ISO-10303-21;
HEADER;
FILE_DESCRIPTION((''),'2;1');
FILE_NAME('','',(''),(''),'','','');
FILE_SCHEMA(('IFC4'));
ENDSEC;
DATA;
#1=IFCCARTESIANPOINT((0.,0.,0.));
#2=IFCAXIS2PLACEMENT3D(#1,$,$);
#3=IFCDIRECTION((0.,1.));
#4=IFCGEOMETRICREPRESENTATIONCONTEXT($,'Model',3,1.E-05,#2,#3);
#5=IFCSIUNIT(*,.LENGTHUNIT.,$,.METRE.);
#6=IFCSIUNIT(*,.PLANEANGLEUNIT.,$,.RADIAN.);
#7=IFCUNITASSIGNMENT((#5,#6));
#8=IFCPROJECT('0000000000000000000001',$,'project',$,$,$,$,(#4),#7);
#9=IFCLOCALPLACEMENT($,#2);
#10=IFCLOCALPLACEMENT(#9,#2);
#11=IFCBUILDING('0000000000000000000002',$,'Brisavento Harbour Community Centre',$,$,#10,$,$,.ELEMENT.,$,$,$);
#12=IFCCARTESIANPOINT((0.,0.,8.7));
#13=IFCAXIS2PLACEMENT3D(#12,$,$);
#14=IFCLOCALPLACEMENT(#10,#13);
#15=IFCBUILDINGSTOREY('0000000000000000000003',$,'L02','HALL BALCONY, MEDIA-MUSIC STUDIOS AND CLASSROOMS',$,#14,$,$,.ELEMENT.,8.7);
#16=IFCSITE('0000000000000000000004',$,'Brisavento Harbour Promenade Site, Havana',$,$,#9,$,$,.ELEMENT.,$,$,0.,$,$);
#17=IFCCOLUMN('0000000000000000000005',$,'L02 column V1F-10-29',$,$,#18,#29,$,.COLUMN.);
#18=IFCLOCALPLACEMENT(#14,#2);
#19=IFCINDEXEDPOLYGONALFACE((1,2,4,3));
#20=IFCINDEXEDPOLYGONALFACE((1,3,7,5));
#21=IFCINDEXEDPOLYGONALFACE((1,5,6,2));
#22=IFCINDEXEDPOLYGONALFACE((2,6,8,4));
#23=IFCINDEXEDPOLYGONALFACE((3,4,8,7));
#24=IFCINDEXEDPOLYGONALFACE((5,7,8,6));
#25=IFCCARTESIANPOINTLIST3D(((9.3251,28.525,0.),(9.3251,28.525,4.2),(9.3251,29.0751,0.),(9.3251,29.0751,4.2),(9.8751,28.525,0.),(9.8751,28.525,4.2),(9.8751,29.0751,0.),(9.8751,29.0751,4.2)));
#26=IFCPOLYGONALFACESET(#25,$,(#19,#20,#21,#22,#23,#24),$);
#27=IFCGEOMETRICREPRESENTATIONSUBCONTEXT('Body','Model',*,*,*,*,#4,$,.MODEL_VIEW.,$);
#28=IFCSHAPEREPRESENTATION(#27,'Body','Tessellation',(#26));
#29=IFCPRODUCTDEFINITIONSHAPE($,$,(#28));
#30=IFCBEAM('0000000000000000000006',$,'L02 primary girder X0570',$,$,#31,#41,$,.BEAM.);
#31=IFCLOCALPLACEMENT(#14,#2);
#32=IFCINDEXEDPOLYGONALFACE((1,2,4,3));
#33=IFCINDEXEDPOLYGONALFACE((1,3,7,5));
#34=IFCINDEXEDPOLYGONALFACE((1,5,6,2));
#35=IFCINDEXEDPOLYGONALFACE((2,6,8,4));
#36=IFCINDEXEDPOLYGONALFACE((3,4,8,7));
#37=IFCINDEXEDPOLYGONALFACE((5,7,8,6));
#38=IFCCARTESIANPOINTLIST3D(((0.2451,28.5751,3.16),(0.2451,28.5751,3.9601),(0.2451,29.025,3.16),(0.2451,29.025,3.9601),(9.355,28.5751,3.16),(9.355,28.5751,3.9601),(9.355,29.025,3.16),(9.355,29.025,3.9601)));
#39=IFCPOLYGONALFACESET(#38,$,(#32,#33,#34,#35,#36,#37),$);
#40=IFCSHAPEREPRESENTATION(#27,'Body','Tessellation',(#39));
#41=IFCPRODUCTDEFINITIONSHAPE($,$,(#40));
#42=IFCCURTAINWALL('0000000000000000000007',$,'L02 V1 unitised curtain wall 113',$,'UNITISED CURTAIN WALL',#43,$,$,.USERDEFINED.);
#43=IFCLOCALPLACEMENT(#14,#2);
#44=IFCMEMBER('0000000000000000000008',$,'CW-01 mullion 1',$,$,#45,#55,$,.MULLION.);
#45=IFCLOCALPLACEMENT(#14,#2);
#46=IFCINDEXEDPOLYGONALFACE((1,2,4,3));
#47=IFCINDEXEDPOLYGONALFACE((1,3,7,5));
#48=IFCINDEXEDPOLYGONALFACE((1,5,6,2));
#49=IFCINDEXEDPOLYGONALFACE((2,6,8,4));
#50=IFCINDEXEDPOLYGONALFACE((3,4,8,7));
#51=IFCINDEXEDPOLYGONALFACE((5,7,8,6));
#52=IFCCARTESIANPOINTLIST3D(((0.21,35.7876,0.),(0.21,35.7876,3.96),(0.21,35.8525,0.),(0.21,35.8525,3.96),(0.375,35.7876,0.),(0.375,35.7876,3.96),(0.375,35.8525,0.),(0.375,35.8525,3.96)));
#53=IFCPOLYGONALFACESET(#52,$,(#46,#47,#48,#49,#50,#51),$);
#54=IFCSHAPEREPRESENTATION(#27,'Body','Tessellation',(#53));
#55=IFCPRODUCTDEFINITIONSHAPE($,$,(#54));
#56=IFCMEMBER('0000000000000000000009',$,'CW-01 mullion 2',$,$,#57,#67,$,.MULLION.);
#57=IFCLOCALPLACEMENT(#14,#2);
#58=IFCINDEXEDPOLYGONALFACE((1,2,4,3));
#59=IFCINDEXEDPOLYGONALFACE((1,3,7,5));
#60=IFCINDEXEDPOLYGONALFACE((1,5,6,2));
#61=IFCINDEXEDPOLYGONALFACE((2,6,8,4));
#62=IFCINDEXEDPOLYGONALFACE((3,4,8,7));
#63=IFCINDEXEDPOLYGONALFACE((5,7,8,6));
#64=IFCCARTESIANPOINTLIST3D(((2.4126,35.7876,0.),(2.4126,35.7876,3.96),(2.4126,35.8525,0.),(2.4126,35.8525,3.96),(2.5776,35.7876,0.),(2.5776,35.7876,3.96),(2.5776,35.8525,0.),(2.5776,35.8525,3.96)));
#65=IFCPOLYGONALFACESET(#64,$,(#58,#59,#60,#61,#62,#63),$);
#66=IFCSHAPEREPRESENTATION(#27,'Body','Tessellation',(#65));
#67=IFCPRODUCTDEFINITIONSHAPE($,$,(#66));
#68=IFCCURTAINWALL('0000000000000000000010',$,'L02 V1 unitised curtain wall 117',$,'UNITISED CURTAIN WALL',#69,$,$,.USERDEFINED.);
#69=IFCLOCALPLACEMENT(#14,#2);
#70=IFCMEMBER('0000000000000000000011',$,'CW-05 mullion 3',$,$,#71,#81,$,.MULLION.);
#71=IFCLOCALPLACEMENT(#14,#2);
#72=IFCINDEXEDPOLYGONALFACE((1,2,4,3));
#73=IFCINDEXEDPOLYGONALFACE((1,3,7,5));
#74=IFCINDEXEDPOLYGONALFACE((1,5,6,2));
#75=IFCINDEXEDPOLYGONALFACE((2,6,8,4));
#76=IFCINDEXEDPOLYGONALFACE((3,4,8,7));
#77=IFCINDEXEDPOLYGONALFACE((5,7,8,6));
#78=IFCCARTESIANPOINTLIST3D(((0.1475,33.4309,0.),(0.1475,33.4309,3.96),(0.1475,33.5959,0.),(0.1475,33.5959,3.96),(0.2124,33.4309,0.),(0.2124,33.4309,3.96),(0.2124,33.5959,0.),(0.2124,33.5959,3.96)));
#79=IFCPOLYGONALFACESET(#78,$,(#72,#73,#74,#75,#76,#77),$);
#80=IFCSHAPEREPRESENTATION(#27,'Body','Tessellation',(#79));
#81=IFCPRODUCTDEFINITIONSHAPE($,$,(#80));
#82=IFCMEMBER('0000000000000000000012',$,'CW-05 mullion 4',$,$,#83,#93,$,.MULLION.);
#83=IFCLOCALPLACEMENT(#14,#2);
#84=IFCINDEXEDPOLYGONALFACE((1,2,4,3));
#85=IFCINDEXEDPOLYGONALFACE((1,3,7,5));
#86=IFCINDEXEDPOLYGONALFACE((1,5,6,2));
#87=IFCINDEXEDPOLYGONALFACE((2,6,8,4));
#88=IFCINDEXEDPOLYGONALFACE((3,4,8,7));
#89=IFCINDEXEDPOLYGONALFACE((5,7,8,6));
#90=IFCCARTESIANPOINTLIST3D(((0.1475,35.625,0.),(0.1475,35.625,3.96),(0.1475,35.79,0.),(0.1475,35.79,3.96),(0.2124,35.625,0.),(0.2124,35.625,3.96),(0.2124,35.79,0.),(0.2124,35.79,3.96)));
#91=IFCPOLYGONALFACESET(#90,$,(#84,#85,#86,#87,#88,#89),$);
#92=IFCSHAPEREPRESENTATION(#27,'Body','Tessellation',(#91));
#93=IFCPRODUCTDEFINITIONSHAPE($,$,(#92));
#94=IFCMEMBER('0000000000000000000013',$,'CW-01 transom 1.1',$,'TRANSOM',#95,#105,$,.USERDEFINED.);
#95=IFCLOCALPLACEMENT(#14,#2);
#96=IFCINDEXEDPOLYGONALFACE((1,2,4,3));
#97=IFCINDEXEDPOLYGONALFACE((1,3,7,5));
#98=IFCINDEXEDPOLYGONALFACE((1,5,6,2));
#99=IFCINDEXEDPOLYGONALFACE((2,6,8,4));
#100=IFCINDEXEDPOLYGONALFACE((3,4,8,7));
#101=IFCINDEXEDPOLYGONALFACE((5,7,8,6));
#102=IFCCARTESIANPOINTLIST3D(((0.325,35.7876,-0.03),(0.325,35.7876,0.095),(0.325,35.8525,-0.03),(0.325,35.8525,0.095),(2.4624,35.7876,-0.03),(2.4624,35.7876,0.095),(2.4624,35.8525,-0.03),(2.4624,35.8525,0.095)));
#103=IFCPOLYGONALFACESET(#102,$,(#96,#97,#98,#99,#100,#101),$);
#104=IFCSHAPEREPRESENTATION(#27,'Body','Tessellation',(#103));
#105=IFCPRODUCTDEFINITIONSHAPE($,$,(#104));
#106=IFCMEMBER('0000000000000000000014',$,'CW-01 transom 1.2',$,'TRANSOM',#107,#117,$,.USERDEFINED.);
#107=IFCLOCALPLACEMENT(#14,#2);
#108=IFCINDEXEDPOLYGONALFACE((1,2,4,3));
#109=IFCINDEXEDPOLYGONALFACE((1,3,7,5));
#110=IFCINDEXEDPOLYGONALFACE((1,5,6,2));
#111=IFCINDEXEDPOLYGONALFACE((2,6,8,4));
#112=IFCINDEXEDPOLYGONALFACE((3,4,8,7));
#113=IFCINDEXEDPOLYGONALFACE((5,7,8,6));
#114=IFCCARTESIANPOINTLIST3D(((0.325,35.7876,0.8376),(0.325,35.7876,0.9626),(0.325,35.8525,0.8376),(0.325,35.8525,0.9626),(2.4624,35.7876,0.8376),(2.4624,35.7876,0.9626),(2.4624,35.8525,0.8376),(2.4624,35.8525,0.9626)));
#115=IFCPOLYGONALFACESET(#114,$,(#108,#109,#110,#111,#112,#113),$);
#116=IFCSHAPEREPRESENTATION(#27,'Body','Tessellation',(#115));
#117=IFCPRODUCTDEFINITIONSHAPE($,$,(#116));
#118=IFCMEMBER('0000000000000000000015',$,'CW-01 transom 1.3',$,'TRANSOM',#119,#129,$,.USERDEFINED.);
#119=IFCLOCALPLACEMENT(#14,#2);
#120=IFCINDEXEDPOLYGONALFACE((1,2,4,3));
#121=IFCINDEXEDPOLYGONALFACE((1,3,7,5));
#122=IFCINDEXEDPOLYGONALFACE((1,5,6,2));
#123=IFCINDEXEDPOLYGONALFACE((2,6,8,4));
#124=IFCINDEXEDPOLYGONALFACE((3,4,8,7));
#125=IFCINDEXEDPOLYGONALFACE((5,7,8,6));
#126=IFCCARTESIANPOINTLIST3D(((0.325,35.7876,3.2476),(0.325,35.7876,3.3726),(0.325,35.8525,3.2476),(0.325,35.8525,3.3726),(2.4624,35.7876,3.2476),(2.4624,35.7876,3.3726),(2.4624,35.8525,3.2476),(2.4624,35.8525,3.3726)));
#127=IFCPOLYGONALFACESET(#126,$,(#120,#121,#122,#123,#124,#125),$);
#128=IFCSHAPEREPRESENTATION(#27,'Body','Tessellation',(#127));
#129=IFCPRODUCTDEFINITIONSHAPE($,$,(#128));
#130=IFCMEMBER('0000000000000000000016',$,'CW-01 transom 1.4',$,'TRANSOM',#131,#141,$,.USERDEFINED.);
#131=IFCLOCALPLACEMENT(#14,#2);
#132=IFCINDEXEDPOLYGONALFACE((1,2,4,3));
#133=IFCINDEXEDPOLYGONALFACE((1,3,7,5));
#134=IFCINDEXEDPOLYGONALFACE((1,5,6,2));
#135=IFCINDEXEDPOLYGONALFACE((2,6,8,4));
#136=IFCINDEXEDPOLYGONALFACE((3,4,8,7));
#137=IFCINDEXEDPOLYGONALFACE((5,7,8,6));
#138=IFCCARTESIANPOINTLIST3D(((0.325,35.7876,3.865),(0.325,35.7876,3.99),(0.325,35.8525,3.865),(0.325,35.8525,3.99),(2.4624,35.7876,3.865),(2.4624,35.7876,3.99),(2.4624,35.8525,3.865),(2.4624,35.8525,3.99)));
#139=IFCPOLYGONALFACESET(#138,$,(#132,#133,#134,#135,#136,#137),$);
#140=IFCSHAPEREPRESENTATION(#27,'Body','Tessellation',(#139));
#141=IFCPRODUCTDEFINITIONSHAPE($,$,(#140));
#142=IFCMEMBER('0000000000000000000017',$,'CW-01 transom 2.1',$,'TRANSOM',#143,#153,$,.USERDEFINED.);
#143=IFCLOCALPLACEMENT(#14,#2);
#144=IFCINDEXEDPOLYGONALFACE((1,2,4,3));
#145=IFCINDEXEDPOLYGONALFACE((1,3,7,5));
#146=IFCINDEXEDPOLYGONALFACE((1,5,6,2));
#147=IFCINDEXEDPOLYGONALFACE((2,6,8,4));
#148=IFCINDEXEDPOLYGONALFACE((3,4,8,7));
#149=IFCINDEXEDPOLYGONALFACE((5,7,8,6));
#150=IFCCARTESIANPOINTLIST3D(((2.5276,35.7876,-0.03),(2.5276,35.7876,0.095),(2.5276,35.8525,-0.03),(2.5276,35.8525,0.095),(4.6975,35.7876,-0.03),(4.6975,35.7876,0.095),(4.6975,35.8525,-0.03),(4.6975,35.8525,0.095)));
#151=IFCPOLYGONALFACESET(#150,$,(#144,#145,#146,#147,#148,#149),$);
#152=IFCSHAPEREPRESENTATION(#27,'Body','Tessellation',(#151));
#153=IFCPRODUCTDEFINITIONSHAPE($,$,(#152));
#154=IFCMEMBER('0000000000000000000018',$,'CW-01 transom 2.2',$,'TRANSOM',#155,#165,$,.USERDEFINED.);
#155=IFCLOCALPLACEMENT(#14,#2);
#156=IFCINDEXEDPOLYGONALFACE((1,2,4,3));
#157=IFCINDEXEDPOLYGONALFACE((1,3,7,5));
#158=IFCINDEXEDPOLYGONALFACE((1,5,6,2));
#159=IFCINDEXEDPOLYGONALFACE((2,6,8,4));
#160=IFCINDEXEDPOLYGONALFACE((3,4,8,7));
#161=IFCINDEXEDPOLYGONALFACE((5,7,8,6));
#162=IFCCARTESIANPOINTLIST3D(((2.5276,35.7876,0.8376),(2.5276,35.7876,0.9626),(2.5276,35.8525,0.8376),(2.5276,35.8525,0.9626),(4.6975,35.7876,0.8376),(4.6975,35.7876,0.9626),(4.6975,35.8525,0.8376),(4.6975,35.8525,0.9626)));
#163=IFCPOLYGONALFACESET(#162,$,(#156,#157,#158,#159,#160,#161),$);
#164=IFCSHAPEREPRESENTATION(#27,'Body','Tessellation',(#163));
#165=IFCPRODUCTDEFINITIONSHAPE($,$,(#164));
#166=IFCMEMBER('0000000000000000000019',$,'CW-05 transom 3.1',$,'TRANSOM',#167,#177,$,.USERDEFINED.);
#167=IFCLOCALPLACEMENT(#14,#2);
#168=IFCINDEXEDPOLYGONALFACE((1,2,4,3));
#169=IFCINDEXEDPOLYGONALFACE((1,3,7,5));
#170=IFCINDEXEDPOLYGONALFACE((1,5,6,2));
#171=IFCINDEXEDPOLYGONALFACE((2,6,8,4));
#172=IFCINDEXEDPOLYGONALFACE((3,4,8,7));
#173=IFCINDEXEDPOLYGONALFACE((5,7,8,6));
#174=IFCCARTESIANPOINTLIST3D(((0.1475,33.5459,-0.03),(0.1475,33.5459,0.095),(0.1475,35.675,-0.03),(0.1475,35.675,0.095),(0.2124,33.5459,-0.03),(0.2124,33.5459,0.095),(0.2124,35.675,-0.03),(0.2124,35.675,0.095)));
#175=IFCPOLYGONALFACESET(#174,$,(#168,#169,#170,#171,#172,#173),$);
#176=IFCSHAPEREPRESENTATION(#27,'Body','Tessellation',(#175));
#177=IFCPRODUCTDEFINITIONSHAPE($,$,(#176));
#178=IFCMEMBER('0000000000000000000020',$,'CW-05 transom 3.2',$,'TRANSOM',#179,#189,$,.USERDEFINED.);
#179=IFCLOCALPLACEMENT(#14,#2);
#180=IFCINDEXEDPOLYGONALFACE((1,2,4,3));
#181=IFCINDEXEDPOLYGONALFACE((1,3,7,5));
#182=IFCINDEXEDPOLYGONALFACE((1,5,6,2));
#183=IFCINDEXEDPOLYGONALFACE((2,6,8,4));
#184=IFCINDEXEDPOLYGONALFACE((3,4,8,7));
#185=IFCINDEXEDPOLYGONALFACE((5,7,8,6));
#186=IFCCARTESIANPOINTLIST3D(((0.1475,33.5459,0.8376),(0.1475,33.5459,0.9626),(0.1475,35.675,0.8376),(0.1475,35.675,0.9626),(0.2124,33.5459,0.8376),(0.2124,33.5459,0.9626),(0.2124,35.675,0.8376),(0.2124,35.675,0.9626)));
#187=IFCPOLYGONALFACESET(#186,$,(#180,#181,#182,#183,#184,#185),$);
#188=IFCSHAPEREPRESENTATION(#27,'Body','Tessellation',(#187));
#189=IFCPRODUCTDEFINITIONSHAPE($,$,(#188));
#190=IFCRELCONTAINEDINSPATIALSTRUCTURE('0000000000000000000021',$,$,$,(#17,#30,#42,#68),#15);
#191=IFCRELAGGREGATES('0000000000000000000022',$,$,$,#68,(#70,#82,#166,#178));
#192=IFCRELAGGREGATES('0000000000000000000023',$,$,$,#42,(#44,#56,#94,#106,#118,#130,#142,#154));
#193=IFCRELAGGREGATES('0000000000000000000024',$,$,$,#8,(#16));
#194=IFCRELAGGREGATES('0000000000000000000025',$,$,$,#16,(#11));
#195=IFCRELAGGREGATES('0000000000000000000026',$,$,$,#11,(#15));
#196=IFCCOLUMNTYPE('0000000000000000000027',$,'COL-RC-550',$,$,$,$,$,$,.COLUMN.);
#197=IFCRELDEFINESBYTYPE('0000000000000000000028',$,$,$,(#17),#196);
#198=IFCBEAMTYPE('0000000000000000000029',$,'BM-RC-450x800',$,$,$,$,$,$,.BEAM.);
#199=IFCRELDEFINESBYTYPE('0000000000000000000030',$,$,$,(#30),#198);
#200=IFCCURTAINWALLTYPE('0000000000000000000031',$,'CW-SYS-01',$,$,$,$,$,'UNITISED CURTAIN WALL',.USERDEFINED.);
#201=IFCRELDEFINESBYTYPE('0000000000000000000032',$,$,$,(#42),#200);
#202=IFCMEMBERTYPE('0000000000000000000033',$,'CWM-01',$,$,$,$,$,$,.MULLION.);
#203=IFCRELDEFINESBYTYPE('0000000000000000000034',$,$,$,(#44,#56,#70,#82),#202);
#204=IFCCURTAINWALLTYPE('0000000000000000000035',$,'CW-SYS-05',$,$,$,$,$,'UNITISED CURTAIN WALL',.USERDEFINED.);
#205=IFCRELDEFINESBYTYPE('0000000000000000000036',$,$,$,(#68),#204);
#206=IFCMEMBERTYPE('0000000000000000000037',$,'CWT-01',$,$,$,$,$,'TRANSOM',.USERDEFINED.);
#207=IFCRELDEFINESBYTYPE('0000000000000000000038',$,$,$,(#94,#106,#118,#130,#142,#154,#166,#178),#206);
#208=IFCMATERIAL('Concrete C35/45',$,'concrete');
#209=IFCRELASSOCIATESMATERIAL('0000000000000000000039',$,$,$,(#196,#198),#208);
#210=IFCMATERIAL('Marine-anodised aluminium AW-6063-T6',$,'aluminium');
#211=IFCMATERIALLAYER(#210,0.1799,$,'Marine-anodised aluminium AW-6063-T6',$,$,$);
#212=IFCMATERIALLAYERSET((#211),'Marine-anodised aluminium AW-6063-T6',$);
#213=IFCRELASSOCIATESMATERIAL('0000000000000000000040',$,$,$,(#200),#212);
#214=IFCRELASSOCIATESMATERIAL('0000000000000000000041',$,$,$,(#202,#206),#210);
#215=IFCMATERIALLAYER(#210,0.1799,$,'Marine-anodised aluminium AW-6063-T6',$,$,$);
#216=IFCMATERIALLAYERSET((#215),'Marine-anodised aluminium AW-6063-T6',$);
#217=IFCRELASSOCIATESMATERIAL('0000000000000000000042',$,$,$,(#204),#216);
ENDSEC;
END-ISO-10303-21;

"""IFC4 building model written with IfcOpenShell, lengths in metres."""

from ifc_helpers import new_model, si_unit, direction, frame, origin, origin_2d, place, context, subcontext, project, spatial, rectangle, extrude, material, layer, layer_set, material_profile, profile_set, type_object, element, aggregate, save


model = new_model("IFC4")

# Units and contexts
model_context = context("Model", 3, precision=1e-05, world=origin(), true_north=direction((0.0, 1.0)))
body_context = subcontext(model_context, "Body", "Model", "MODEL_VIEW")
ifc_project = project(units=[si_unit("LENGTHUNIT", "METRE"), si_unit("PLANEANGLEUNIT", "RADIAN")], contexts=[model_context])

# Site, building, storey
site_placement = place(None, origin())
site = spatial("IfcSite", under=ifc_project, at=site_placement, Name="Brisavento Harbour Promenade Site, Havana", CompositionType="ELEMENT", RefElevation=0.0)
building_placement = place(site_placement, origin())
building = spatial("IfcBuilding", under=site, at=building_placement, Name="Brisavento Harbour Community Centre", CompositionType="ELEMENT")
storey_placement = place(building_placement, frame((0.0, 0.0, 8.7)))
storey = spatial("IfcBuildingStorey", under=building, at=storey_placement, Name="L02", Description="HALL BALCONY, MEDIA-MUSIC STUDIOS AND CLASSROOMS", CompositionType="ELEMENT", Elevation=8.7)

# Column
ifc_material_1 = material(Name="Concrete C35/45", Category="concrete")
ifc_material_profile_1 = material_profile(ifc_material_1, rectangle(XDim=0.55, YDim=0.55, at=origin_2d()), Name="Concrete C35/45")
ifc_profile_set_1 = profile_set([ifc_material_profile_1], Name="Concrete C35/45")
column_type = type_object("IfcColumnType", Name="COL-RC-550", PredefinedType="COLUMN", material=ifc_profile_set_1)
column_placement = place(storey_placement, frame((9.6001, 28.8, 0.0), z_axis=(0.0, 0.0, 1.0), x_axis=(1.0, 0.0, 0.0)))
element("IfcColumn", 1, at=column_placement, inside=storey, type_object=column_type, Name="L02 column V1F-10-29", PredefinedType="COLUMN", context=body_context, shape_type="SweptSolid", body=[
    extrude(rectangle(XDim=0.55, YDim=0.55, at=origin_2d()), origin(), (0.0, 0.0, 1.0), 4.2),
])

# Beam
ifc_material_profile_2 = material_profile(ifc_material_1, rectangle(XDim=0.45, YDim=0.8, at=origin_2d()), Name="Concrete C35/45")
ifc_profile_set_2 = profile_set([ifc_material_profile_2], Name="Concrete C35/45")
beam_type = type_object("IfcBeamType", Name="BM-RC-450x800", PredefinedType="BEAM", material=ifc_profile_set_2)
beam_placement = place(storey_placement, frame((0.2451, 28.8, 3.5601), z_axis=(1.0, 0.0, 0.0), x_axis=(0.0, 1.0, 0.0)))
element("IfcBeam", 2, at=beam_placement, inside=storey, type_object=beam_type, Name="L02 primary girder X0570", PredefinedType="BEAM", context=body_context, shape_type="SweptSolid", body=[
    extrude(rectangle(XDim=0.45, YDim=0.8, at=origin_2d()), origin(), (0.0, 0.0, 1.0), 9.1099),
])

# Curtain walls, members
ifc_material_2 = material(Name="Marine-anodised aluminium AW-6063-T6", Category="aluminium")
ifc_layer_1 = layer(ifc_material_2, 0.1799, Name="Marine-anodised aluminium AW-6063-T6")
ifc_layer_set_1 = layer_set([ifc_layer_1], Name="Marine-anodised aluminium AW-6063-T6")
curtain_wall_type_1 = type_object("IfcCurtainWallType", Name="CW-SYS-01", ElementType="UNITISED CURTAIN WALL", PredefinedType="USERDEFINED", material=ifc_layer_set_1)
curtain_wall_1_placement = place(storey_placement, origin())
curtain_wall_1 = element("IfcCurtainWall", 3, at=curtain_wall_1_placement, inside=storey, type_object=curtain_wall_type_1, Name="L02 V1 unitised curtain wall 113", ObjectType="UNITISED CURTAIN WALL", PredefinedType="USERDEFINED")
ifc_material_profile_3 = material_profile(ifc_material_2, rectangle(XDim=0.0649, YDim=0.165, at=origin_2d()), Name="Marine-anodised aluminium AW-6063-T6")
ifc_profile_set_3 = profile_set([ifc_material_profile_3], Name="Marine-anodised aluminium AW-6063-T6")
member_type_1 = type_object("IfcMemberType", Name="CWM-01", PredefinedType="MULLION", material=ifc_profile_set_3)
member_1_placement = place(storey_placement, frame((0.2925, 35.8201, 0.0), z_axis=(0.0, 0.0, 1.0), x_axis=(0.0, 1.0, 0.0)))
member_1 = element("IfcMember", 4, at=member_1_placement, type_object=member_type_1, Name="CW-01 mullion 1", PredefinedType="MULLION", context=body_context, shape_type="SweptSolid", body=[
    extrude(rectangle(XDim=0.0649, YDim=0.165, at=origin_2d()), origin(), (0.0, 0.0, 1.0), 3.96),
])
member_2_placement = place(storey_placement, frame((2.4951, 35.8201, 0.0), z_axis=(0.0, 0.0, 1.0), x_axis=(0.0, 1.0, 0.0)))
member_2 = element("IfcMember", 5, at=member_2_placement, type_object=member_type_1, Name="CW-01 mullion 2", PredefinedType="MULLION", context=body_context, shape_type="SweptSolid", body=[
    extrude(rectangle(XDim=0.0649, YDim=0.165, at=origin_2d()), origin(), (0.0, 0.0, 1.0), 3.96),
])
ifc_layer_2 = layer(ifc_material_2, 0.1799, Name="Marine-anodised aluminium AW-6063-T6")
ifc_layer_set_2 = layer_set([ifc_layer_2], Name="Marine-anodised aluminium AW-6063-T6")
curtain_wall_type_2 = type_object("IfcCurtainWallType", Name="CW-SYS-05", ElementType="UNITISED CURTAIN WALL", PredefinedType="USERDEFINED", material=ifc_layer_set_2)
curtain_wall_2_placement = place(storey_placement, origin())
curtain_wall_2 = element("IfcCurtainWall", 6, at=curtain_wall_2_placement, inside=storey, type_object=curtain_wall_type_2, Name="L02 V1 unitised curtain wall 117", ObjectType="UNITISED CURTAIN WALL", PredefinedType="USERDEFINED")
member_3_placement = place(storey_placement, frame((0.1799, 33.5134, 0.0), z_axis=(0.0, 0.0, 1.0), x_axis=(-1.0, 0.0, 0.0)))
member_3 = element("IfcMember", 7, at=member_3_placement, type_object=member_type_1, Name="CW-05 mullion 3", PredefinedType="MULLION", context=body_context, shape_type="SweptSolid", body=[
    extrude(rectangle(XDim=0.0649, YDim=0.165, at=origin_2d()), origin(), (0.0, 0.0, 1.0), 3.96),
])
member_4_placement = place(storey_placement, frame((0.1799, 35.7075, 0.0), z_axis=(0.0, 0.0, 1.0), x_axis=(-1.0, 0.0, 0.0)))
member_4 = element("IfcMember", 8, at=member_4_placement, type_object=member_type_1, Name="CW-05 mullion 4", PredefinedType="MULLION", context=body_context, shape_type="SweptSolid", body=[
    extrude(rectangle(XDim=0.0649, YDim=0.165, at=origin_2d()), origin(), (0.0, 0.0, 1.0), 3.96),
])

# Members
ifc_material_profile_4 = material_profile(ifc_material_2, rectangle(XDim=0.0649, YDim=0.125, at=origin_2d()), Name="Marine-anodised aluminium AW-6063-T6")
ifc_profile_set_4 = profile_set([ifc_material_profile_4], Name="Marine-anodised aluminium AW-6063-T6")
member_type_2 = type_object("IfcMemberType", Name="CWT-01", ElementType="TRANSOM", PredefinedType="USERDEFINED", material=ifc_profile_set_4)
member_5_placement = place(storey_placement, frame((0.325, 35.8201, 0.0325), z_axis=(1.0, 0.0, 0.0), x_axis=(0.0, 1.0, 0.0)))
member_5 = element("IfcMember", 9, at=member_5_placement, type_object=member_type_2, Name="CW-01 transom 1.1", ObjectType="TRANSOM", PredefinedType="USERDEFINED", context=body_context, shape_type="SweptSolid", body=[
    extrude(rectangle(XDim=0.0649, YDim=0.125, at=origin_2d()), origin(), (0.0, 0.0, 1.0), 2.1375),
])
member_6_placement = place(storey_placement, frame((0.325, 35.8201, 0.9001), z_axis=(1.0, 0.0, 0.0), x_axis=(0.0, 1.0, 0.0)))
member_6 = element("IfcMember", 10, at=member_6_placement, type_object=member_type_2, Name="CW-01 transom 1.2", ObjectType="TRANSOM", PredefinedType="USERDEFINED", context=body_context, shape_type="SweptSolid", body=[
    extrude(rectangle(XDim=0.0649, YDim=0.125, at=origin_2d()), origin(), (0.0, 0.0, 1.0), 2.1375),
])
member_7_placement = place(storey_placement, frame((0.325, 35.8201, 3.3101), z_axis=(1.0, 0.0, 0.0), x_axis=(0.0, 1.0, 0.0)))
member_7 = element("IfcMember", 11, at=member_7_placement, type_object=member_type_2, Name="CW-01 transom 1.3", ObjectType="TRANSOM", PredefinedType="USERDEFINED", context=body_context, shape_type="SweptSolid", body=[
    extrude(rectangle(XDim=0.0649, YDim=0.125, at=origin_2d()), origin(), (0.0, 0.0, 1.0), 2.1375),
])
member_8_placement = place(storey_placement, frame((0.325, 35.8201, 3.9275), z_axis=(1.0, 0.0, 0.0), x_axis=(0.0, 1.0, 0.0)))
member_8 = element("IfcMember", 12, at=member_8_placement, type_object=member_type_2, Name="CW-01 transom 1.4", ObjectType="TRANSOM", PredefinedType="USERDEFINED", context=body_context, shape_type="SweptSolid", body=[
    extrude(rectangle(XDim=0.0649, YDim=0.125, at=origin_2d()), origin(), (0.0, 0.0, 1.0), 2.1375),
])
member_9_placement = place(storey_placement, frame((2.5276, 35.8201, 0.0325), z_axis=(1.0, 0.0, 0.0), x_axis=(0.0, 1.0, 0.0)))
member_9 = element("IfcMember", 13, at=member_9_placement, type_object=member_type_2, Name="CW-01 transom 2.1", ObjectType="TRANSOM", PredefinedType="USERDEFINED", context=body_context, shape_type="SweptSolid", body=[
    extrude(rectangle(XDim=0.0649, YDim=0.125, at=origin_2d()), origin(), (0.0, 0.0, 1.0), 2.1699),
])
member_10_placement = place(storey_placement, frame((2.5276, 35.8201, 0.9001), z_axis=(1.0, 0.0, 0.0), x_axis=(0.0, 1.0, 0.0)))
member_10 = element("IfcMember", 14, at=member_10_placement, type_object=member_type_2, Name="CW-01 transom 2.2", ObjectType="TRANSOM", PredefinedType="USERDEFINED", context=body_context, shape_type="SweptSolid", body=[
    extrude(rectangle(XDim=0.0649, YDim=0.125, at=origin_2d()), origin(), (0.0, 0.0, 1.0), 2.1699),
])
member_11_placement = place(storey_placement, frame((0.1799, 33.5459, 0.0325), z_axis=(0.0, 1.0, 0.0), x_axis=(-1.0, 0.0, 0.0)))
member_11 = element("IfcMember", 15, at=member_11_placement, type_object=member_type_2, Name="CW-05 transom 3.1", ObjectType="TRANSOM", PredefinedType="USERDEFINED", context=body_context, shape_type="SweptSolid", body=[
    extrude(rectangle(XDim=0.0649, YDim=0.125, at=origin_2d()), origin(), (0.0, 0.0, 1.0), 2.1292),
])
member_12_placement = place(storey_placement, frame((0.1799, 33.5459, 0.9001), z_axis=(0.0, 1.0, 0.0), x_axis=(-1.0, 0.0, 0.0)))
member_12 = element("IfcMember", 16, at=member_12_placement, type_object=member_type_2, Name="CW-05 transom 3.2", ObjectType="TRANSOM", PredefinedType="USERDEFINED", context=body_context, shape_type="SweptSolid", body=[
    extrude(rectangle(XDim=0.0649, YDim=0.125, at=origin_2d()), origin(), (0.0, 0.0, 1.0), 2.1292),
])

aggregate(curtain_wall_2, [member_3, member_4, member_11, member_12])
aggregate(curtain_wall_1, [member_1, member_2, member_5, member_6, member_7, member_8, member_9, member_10])

save(model, "model.ifc")
